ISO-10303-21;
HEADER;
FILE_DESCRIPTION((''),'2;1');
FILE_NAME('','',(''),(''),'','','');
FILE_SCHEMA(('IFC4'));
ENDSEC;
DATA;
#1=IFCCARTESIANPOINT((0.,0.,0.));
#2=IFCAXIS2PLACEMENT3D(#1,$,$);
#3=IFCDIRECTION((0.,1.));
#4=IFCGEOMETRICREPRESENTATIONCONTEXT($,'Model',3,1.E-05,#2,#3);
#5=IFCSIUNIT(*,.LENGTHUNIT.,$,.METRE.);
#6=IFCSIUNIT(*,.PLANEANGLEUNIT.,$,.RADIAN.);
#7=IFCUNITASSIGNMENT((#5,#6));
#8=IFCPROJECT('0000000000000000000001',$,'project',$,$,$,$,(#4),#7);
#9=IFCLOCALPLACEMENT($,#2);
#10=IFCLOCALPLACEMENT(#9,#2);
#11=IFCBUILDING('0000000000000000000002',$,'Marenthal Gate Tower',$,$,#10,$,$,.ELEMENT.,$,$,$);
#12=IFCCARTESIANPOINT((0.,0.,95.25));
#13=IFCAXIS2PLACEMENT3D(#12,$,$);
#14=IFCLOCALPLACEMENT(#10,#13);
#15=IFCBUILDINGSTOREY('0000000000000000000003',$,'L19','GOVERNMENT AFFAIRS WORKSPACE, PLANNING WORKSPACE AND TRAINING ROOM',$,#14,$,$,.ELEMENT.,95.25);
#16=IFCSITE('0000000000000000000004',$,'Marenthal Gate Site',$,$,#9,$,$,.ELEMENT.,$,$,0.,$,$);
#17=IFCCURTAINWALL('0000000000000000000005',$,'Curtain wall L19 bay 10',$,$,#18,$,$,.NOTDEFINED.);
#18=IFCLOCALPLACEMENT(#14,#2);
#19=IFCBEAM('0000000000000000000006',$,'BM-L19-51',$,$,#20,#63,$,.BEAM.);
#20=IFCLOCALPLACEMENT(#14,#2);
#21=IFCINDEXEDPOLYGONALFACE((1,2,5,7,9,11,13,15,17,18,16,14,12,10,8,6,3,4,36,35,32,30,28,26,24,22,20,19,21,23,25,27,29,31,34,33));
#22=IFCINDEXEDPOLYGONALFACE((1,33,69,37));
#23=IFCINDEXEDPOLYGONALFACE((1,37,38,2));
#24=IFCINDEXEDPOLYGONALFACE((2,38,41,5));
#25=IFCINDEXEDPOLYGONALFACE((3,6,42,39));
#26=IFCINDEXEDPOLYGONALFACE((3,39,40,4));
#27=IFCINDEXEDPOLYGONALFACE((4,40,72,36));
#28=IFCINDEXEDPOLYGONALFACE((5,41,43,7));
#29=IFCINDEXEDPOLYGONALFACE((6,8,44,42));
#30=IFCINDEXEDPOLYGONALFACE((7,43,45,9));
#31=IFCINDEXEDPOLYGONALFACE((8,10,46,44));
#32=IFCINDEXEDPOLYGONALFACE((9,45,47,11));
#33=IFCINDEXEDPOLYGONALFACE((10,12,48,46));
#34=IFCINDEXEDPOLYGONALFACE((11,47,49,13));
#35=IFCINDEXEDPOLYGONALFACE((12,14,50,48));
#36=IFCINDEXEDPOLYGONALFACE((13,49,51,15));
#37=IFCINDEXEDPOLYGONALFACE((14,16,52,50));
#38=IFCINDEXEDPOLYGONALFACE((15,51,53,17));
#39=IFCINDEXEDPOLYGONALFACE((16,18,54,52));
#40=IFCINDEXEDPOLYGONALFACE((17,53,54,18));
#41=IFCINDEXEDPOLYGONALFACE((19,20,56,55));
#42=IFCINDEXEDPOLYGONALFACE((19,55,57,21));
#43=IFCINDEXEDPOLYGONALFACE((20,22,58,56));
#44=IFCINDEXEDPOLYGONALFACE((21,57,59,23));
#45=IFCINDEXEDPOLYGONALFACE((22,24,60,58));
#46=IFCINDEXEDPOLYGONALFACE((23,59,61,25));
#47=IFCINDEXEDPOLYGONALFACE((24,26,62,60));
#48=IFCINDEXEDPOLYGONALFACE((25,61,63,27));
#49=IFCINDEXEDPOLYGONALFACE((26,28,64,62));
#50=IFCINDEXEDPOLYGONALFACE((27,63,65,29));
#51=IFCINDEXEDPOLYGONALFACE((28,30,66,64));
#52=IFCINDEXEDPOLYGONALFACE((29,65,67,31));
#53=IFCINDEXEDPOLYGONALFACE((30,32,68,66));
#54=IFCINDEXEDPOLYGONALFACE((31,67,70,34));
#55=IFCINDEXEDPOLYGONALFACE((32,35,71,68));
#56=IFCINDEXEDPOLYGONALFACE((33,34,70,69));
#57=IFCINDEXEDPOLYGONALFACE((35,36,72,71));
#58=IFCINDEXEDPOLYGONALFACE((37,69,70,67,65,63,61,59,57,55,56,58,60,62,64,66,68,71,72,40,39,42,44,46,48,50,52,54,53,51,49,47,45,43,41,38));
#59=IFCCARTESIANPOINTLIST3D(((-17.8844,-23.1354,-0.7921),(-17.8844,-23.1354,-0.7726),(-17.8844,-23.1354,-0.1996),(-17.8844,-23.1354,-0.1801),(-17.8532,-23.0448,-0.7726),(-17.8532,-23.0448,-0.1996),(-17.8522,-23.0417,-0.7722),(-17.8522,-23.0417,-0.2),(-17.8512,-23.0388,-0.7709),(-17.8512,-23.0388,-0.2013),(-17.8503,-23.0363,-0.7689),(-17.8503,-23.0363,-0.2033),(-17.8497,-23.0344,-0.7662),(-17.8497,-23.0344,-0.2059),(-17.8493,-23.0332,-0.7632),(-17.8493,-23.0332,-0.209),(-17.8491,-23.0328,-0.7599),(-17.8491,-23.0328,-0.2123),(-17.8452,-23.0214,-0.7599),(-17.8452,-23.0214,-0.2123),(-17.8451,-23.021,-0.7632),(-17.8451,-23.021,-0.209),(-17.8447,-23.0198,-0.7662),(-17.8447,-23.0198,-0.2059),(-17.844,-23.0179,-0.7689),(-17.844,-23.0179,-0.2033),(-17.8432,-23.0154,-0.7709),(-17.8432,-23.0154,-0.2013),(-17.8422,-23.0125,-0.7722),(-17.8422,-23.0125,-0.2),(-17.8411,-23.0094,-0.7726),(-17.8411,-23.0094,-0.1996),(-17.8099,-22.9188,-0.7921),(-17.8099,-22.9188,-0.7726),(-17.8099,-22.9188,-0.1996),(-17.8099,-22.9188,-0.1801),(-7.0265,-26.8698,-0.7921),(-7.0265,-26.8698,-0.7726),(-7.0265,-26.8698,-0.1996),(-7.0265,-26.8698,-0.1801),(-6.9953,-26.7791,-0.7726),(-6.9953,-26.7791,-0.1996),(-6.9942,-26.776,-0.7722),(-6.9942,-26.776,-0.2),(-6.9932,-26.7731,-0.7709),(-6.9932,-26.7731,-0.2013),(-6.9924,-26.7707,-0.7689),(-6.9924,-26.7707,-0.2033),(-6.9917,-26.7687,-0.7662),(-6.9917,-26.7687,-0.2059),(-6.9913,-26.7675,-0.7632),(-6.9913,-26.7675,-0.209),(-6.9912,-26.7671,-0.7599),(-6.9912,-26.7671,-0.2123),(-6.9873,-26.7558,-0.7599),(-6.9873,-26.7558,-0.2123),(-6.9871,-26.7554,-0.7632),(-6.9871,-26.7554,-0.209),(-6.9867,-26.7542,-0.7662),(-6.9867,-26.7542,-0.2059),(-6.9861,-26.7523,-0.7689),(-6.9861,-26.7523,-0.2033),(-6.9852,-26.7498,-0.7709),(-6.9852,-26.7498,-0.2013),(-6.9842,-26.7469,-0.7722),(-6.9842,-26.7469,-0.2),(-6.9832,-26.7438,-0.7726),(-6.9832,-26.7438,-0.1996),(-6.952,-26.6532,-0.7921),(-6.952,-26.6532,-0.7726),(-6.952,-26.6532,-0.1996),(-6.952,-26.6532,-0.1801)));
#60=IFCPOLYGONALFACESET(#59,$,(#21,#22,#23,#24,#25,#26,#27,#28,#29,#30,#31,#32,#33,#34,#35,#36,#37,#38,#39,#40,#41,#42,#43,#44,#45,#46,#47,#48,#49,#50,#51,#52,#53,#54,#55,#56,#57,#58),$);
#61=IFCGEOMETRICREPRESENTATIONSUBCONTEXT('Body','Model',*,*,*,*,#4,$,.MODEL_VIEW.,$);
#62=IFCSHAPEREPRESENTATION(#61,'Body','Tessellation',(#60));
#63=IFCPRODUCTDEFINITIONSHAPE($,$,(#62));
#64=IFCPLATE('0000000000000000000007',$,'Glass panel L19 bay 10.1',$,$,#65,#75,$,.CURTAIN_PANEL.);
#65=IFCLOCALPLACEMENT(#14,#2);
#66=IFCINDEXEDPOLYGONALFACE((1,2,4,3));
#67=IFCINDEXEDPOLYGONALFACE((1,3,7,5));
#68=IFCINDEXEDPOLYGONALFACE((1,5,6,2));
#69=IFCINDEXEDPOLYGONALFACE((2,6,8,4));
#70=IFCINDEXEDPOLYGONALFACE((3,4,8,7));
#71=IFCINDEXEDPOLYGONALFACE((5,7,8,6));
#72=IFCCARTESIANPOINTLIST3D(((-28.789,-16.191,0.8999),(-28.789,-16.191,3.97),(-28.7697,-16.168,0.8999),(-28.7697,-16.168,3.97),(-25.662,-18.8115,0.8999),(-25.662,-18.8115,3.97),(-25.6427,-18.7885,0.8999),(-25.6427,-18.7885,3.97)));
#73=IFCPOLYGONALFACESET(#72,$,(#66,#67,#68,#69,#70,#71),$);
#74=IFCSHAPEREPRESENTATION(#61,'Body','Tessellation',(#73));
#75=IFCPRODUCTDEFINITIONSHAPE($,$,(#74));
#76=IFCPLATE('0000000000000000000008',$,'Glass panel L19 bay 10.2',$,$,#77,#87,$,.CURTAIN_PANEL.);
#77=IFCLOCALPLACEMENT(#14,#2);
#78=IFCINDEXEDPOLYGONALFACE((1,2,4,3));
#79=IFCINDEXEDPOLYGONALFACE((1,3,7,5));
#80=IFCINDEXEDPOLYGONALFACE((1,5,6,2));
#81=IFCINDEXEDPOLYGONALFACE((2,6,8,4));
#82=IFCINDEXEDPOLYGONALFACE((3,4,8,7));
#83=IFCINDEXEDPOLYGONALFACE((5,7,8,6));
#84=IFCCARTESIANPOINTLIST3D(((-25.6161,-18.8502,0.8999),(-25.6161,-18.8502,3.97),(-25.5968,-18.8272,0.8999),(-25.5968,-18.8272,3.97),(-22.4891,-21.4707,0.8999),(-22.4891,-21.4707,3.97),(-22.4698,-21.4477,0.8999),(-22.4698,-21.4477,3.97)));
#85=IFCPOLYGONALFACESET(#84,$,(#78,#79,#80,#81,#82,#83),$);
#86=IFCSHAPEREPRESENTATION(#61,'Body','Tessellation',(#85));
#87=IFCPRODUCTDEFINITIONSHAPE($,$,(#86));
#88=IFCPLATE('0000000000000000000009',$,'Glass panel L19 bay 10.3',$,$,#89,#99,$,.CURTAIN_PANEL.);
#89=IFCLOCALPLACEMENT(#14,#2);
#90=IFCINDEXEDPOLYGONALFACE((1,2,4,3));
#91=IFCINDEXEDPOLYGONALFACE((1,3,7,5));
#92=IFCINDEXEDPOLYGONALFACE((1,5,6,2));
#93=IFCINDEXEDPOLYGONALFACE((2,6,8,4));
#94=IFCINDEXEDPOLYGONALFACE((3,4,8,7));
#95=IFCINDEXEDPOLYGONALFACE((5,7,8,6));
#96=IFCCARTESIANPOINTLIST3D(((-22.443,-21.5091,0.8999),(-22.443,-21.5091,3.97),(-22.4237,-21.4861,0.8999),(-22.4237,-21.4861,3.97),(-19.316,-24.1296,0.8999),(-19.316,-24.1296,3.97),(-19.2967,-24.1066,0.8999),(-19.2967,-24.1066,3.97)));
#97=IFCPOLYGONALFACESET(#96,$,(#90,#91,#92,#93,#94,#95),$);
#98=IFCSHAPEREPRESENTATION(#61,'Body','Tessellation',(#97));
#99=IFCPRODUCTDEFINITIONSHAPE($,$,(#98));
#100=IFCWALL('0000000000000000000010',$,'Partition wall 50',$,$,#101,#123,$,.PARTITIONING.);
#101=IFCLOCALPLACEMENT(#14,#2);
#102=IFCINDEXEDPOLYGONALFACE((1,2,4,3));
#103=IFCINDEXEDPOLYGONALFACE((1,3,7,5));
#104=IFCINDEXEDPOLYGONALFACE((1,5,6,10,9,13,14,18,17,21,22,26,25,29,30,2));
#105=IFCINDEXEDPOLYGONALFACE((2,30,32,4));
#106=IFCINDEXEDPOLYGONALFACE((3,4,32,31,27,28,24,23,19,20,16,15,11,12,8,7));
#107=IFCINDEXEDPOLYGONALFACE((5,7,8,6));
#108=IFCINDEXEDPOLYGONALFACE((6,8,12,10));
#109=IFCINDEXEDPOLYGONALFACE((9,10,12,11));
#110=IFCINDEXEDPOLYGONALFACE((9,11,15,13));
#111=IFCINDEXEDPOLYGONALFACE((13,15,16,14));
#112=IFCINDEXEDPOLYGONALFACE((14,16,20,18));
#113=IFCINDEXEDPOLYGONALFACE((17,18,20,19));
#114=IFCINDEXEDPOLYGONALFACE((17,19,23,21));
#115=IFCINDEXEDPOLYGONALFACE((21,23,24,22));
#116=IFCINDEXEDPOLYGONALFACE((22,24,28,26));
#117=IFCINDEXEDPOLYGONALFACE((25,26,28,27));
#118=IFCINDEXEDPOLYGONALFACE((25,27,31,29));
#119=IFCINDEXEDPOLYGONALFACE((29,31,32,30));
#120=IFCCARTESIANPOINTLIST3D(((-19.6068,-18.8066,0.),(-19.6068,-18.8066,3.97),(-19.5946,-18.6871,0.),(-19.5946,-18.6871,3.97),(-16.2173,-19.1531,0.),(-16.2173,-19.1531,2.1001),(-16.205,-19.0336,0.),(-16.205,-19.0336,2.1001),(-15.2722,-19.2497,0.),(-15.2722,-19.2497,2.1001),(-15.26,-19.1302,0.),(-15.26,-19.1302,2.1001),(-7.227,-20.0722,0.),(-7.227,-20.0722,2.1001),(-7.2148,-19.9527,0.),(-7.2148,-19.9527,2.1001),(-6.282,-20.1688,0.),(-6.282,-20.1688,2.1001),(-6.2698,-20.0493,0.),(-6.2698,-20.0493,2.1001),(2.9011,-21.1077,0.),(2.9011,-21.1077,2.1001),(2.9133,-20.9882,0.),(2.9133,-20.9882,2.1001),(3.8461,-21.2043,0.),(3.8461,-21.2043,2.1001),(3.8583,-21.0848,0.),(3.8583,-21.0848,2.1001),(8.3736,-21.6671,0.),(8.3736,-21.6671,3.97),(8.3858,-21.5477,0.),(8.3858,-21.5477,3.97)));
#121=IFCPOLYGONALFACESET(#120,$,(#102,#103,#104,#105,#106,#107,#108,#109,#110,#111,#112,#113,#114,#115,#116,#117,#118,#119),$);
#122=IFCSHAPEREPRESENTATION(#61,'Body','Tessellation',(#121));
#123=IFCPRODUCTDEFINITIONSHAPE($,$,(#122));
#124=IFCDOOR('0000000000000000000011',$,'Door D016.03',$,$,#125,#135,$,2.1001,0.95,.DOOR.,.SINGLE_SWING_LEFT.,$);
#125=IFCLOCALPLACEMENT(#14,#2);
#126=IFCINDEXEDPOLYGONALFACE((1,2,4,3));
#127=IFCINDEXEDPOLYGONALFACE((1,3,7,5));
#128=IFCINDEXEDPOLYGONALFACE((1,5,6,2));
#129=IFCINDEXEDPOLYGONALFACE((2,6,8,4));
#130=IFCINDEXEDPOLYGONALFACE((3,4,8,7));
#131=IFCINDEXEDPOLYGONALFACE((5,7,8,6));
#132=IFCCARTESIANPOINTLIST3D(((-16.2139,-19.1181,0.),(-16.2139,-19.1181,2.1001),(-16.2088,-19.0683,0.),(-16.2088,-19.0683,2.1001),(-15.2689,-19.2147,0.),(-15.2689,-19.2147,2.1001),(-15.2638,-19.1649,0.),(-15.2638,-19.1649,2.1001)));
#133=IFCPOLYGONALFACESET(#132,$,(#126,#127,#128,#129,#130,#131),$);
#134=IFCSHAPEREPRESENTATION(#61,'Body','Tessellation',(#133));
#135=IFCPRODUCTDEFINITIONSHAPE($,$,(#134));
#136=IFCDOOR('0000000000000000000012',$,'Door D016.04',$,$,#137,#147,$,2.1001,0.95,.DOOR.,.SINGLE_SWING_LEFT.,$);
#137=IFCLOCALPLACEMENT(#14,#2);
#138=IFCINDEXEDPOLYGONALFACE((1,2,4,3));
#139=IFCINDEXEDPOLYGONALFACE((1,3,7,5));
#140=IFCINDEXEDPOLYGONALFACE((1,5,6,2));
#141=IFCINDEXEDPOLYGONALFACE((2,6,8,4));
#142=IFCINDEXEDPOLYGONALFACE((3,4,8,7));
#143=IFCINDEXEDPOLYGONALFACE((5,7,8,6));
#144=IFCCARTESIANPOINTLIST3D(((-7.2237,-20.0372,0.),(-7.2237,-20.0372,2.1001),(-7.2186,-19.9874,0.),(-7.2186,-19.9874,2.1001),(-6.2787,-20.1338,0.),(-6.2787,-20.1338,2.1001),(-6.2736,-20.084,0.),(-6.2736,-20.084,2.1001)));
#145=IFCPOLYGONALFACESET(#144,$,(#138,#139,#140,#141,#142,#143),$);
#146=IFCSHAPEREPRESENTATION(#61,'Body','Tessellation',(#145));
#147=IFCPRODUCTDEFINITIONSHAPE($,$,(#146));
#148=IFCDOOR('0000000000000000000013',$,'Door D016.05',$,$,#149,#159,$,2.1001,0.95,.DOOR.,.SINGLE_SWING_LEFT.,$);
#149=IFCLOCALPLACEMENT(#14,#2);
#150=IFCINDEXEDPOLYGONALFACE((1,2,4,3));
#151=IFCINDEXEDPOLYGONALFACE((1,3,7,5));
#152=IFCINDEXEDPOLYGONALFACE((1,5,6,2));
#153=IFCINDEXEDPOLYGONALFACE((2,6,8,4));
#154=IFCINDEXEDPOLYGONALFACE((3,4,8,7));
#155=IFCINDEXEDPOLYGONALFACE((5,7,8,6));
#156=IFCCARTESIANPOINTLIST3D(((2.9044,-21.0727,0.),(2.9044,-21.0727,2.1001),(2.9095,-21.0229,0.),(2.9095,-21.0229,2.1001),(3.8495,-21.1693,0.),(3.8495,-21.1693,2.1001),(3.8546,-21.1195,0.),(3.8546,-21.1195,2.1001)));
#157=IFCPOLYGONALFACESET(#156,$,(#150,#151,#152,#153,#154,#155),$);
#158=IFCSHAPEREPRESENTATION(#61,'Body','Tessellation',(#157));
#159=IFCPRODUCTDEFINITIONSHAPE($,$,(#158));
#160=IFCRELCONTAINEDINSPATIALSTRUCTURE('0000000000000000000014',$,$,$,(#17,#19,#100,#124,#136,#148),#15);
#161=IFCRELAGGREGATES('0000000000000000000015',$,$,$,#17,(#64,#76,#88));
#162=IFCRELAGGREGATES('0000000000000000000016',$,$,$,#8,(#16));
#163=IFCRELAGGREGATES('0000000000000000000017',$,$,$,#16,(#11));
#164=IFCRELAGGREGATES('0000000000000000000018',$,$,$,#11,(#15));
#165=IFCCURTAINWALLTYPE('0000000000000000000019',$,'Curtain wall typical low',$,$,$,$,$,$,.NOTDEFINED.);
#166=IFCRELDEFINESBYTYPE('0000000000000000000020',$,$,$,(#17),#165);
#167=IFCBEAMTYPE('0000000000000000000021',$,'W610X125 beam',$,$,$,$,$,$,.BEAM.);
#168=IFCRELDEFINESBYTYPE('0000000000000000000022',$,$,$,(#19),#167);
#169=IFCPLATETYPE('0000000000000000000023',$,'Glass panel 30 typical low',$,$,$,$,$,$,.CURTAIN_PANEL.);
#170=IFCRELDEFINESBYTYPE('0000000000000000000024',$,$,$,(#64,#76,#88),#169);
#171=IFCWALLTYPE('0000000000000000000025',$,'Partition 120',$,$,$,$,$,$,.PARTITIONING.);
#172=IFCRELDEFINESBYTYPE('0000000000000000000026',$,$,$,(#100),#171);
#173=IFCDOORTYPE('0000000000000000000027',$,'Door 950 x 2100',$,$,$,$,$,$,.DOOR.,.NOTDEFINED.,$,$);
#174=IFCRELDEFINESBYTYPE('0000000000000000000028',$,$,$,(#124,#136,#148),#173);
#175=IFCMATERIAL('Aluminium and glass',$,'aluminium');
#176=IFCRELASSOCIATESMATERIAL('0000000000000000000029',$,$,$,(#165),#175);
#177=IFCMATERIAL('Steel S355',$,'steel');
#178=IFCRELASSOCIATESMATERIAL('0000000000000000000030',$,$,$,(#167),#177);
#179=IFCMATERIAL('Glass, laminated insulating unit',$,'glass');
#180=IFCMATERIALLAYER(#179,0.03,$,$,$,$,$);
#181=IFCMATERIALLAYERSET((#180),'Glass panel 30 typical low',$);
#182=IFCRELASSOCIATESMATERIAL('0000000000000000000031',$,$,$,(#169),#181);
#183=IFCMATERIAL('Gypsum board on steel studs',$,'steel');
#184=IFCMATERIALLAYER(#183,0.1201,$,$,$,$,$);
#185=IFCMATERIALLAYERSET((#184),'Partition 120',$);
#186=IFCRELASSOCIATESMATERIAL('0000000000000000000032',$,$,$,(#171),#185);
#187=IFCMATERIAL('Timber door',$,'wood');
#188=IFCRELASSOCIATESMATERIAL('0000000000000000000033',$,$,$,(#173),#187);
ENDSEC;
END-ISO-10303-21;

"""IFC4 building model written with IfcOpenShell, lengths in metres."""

from ifc_helpers import new_model, si_unit, direction, frame, frame_2d, origin, origin_2d, place, context, subcontext, project, spatial, rectangle, i_section, extrude, material, layer, layer_set, material_profile, profile_set, type_object, element, fill, aggregate, save


model = new_model("IFC4")

# Units and contexts
model_context = context("Model", 3, precision=1e-05, world=origin(), true_north=direction((0.0, 1.0)))
body_context = subcontext(model_context, "Body", "Model", "MODEL_VIEW")
ifc_project = project(units=[si_unit("LENGTHUNIT", "METRE"), si_unit("PLANEANGLEUNIT", "RADIAN")], contexts=[model_context])

# Site, building, storey
site_placement = place(None, origin())
site = spatial("IfcSite", under=ifc_project, at=site_placement, Name="Marenthal Gate Site", CompositionType="ELEMENT", RefElevation=0.0)
building_placement = place(site_placement, origin())
building = spatial("IfcBuilding", under=site, at=building_placement, Name="Marenthal Gate Tower", CompositionType="ELEMENT")
storey_placement = place(building_placement, frame((0.0, 0.0, 95.25)))
storey = spatial("IfcBuildingStorey", under=building, at=storey_placement, Name="L19", Description="GOVERNMENT AFFAIRS WORKSPACE, PLANNING WORKSPACE AND TRAINING ROOM", CompositionType="ELEMENT", Elevation=95.25)

# Curtain wall
ifc_material_1 = material(Name="Aluminium and glass", Category="aluminium")
curtain_wall_type = type_object("IfcCurtainWallType", Name="Curtain wall typical low", PredefinedType="NOTDEFINED", material=ifc_material_1)
curtain_wall_placement = place(storey_placement, origin())
curtain_wall = element("IfcCurtainWall", 1, at=curtain_wall_placement, inside=storey, type_object=curtain_wall_type, Name="Curtain wall L19 bay 10", PredefinedType="NOTDEFINED")

# Beam
ifc_material_2 = material(Name="Steel S355", Category="steel")
ifc_material_profile_1 = material_profile(ifc_material_2, i_section(OverallWidth=0.229, OverallDepth=0.6121, WebThickness=0.012, FlangeThickness=0.0195, FilletRadius=0.0127, at=origin_2d()), Name="W610X125")
ifc_profile_set_1 = profile_set([ifc_material_profile_1], Name="Steel S355")
beam_type_1 = type_object("IfcBeamType", Name="W610X125 beam", PredefinedType="BEAM", material=ifc_profile_set_1)
beam_1_placement = place(storey_placement, frame((-17.8472, -23.0271, -0.4861), z_axis=(0.945634, -0.325233, 0.0), x_axis=(0.325233, 0.945634, 0.0)))
element("IfcBeam", 2, at=beam_1_placement, inside=storey, type_object=beam_type_1, Name="BM-L19-51", PredefinedType="BEAM", context=body_context, shape_type="SweptSolid", body=[
    extrude(i_section(OverallWidth=0.229, OverallDepth=0.6121, WebThickness=0.012, FlangeThickness=0.0195, FilletRadius=0.0127, at=origin_2d()), origin(), (0.0, 0.0, 1.0), 11.4822),
])

# Plates
ifc_material_3 = material(Name="Glass, laminated insulating unit", Category="glass")
ifc_layer_1 = layer(ifc_material_3, 0.03)
ifc_layer_set_1 = layer_set([ifc_layer_1], Name="Glass panel 30 typical low")
plate_type = type_object("IfcPlateType", Name="Glass panel 30 typical low", PredefinedType="CURTAIN_PANEL", material=ifc_layer_set_1)
plate_1_placement = place(storey_placement, frame((-27.2158, -17.4897, 0.8999), z_axis=(0.0, 0.0, 1.0), x_axis=(0.766447, -0.642308, 0.0)))
plate_1 = element("IfcPlate", 3, at=plate_1_placement, type_object=plate_type, Name="Glass panel L19 bay 10.1", PredefinedType="CURTAIN_PANEL", context=body_context, shape_type="SweptSolid", body=[
    extrude(rectangle(XDim=4.0798, YDim=0.03, at=origin_2d()), origin(), (0.0, 0.0, 1.0), 3.0701),
])
plate_2_placement = place(storey_placement, frame((-24.043, -20.1489, 0.8999), z_axis=(0.0, 0.0, 1.0), x_axis=(0.766447, -0.642308, 0.0)))
plate_2 = element("IfcPlate", 4, at=plate_2_placement, type_object=plate_type, Name="Glass panel L19 bay 10.2", PredefinedType="CURTAIN_PANEL", context=body_context, shape_type="SweptSolid", body=[
    extrude(rectangle(XDim=4.0798, YDim=0.03, at=origin_2d()), origin(), (0.0, 0.0, 1.0), 3.0701),
])
plate_3_placement = place(storey_placement, frame((-20.8699, -22.8079, 0.8999), z_axis=(0.0, 0.0, 1.0), x_axis=(0.766447, -0.642308, 0.0)))
plate_3 = element("IfcPlate", 5, at=plate_3_placement, type_object=plate_type, Name="Glass panel L19 bay 10.3", PredefinedType="CURTAIN_PANEL", context=body_context, shape_type="SweptSolid", body=[
    extrude(rectangle(XDim=4.0798, YDim=0.03, at=origin_2d()), origin(), (0.0, 0.0, 1.0), 3.0701),
])
aggregate(curtain_wall, [plate_1, plate_2, plate_3])

# Wall, openings, doors
ifc_material_4 = material(Name="Gypsum board on steel studs", Category="steel")
ifc_layer_2 = layer(ifc_material_4, 0.1201)
ifc_layer_set_2 = layer_set([ifc_layer_2], Name="Partition 120")
wall_type_1 = type_object("IfcWallType", Name="Partition 120", PredefinedType="PARTITIONING", material=ifc_layer_set_2)
wall_1_placement = place(storey_placement, frame((-19.6006, -18.7468, 0.0), z_axis=(0.0, 0.0, 1.0), x_axis=(0.994815, -0.101705, 0.0)))
wall_1 = element("IfcWall", 6, at=wall_1_placement, inside=storey, type_object=wall_type_1, Name="Partition wall 50", PredefinedType="PARTITIONING", context=body_context, shape_type="SweptSolid", body=[
    extrude(rectangle(XDim=28.1262, YDim=0.1201, at=frame_2d((14.063, 0.0))), origin(), (0.0, 0.0, 1.0), 3.97),
])
opening_1_placement = place(wall_1_placement, frame((3.407, 0.0, 0.0)))
opening_1 = element("IfcOpeningElement", 7, at=opening_1_placement, cuts=wall_1, PredefinedType="OPENING", context=body_context, shape_type="SweptSolid", body=[
    extrude(rectangle(XDim=0.95, YDim=2.1001, at=frame_2d((0.4751, 1.05))), frame((0.0, 0.0701, 0.0), z_axis=(0.0, -1.0, 0.0), x_axis=(1.0, 0.0, 0.0)), (0.0, 0.0, 1.0), 0.1401),
])
opening_2_placement = place(wall_1_placement, frame((12.4441, 0.0, 0.0)))
opening_2 = element("IfcOpeningElement", 8, at=opening_2_placement, cuts=wall_1, PredefinedType="OPENING", context=body_context, shape_type="SweptSolid", body=[
    extrude(rectangle(XDim=0.95, YDim=2.1001, at=frame_2d((0.4751, 1.05))), frame((0.0, 0.0701, 0.0), z_axis=(0.0, -1.0, 0.0), x_axis=(1.0, 0.0, 0.0)), (0.0, 0.0, 1.0), 0.1401),
])
opening_3_placement = place(wall_1_placement, frame((22.625, 0.0, 0.0)))
opening_3 = element("IfcOpeningElement", 9, at=opening_3_placement, cuts=wall_1, PredefinedType="OPENING", context=body_context, shape_type="SweptSolid", body=[
    extrude(rectangle(XDim=0.95, YDim=2.1001, at=frame_2d((0.4751, 1.05))), frame((0.0, 0.0701, 0.0), z_axis=(0.0, -1.0, 0.0), x_axis=(1.0, 0.0, 0.0)), (0.0, 0.0, 1.0), 0.1401),
])
ifc_material_5 = material(Name="Timber door", Category="wood")
door_type_1 = type_object("IfcDoorType", Name="Door 950 x 2100", OperationType="NOTDEFINED", PredefinedType="DOOR", material=ifc_material_5)
door_1_placement = place(opening_1_placement, frame((0.95, 0.0, 0.0), z_axis=(0.0, 0.0, 1.0), x_axis=(-1.0, 0.0, 0.0)))
door_1 = element("IfcDoor", 10, at=door_1_placement, inside=storey, type_object=door_type_1, Name="Door D016.03", OperationType="SINGLE_SWING_LEFT", OverallHeight=2.1001, OverallWidth=0.95, PredefinedType="DOOR", context=body_context, shape_type="SweptSolid", body=[
    extrude(rectangle(XDim=0.95, YDim=2.1001, at=frame_2d((0.4751, 1.05))), frame((0.0, 0.0249, 0.0), z_axis=(0.0, -1.0, 0.0), x_axis=(1.0, 0.0, 0.0)), (0.0, 0.0, 1.0), 0.05),
])
fill(opening_1, door_1)
door_2_placement = place(opening_2_placement, frame((0.95, 0.0, 0.0), z_axis=(0.0, 0.0, 1.0), x_axis=(-1.0, 0.0, 0.0)))
door_2 = element("IfcDoor", 11, at=door_2_placement, inside=storey, type_object=door_type_1, Name="Door D016.04", OperationType="SINGLE_SWING_LEFT", OverallHeight=2.1001, OverallWidth=0.95, PredefinedType="DOOR", context=body_context, shape_type="SweptSolid", body=[
    extrude(rectangle(XDim=0.95, YDim=2.1001, at=frame_2d((0.4751, 1.05))), frame((0.0, 0.0249, 0.0), z_axis=(0.0, -1.0, 0.0), x_axis=(1.0, 0.0, 0.0)), (0.0, 0.0, 1.0), 0.05),
])
fill(opening_2, door_2)
door_3_placement = place(opening_3_placement, frame((0.95, 0.0, 0.0), z_axis=(0.0, 0.0, 1.0), x_axis=(-1.0, 0.0, 0.0)))
door_3 = element("IfcDoor", 12, at=door_3_placement, inside=storey, type_object=door_type_1, Name="Door D016.05", OperationType="SINGLE_SWING_LEFT", OverallHeight=2.1001, OverallWidth=0.95, PredefinedType="DOOR", context=body_context, shape_type="SweptSolid", body=[
    extrude(rectangle(XDim=0.95, YDim=2.1001, at=frame_2d((0.4751, 1.05))), frame((0.0, 0.0249, 0.0), z_axis=(0.0, -1.0, 0.0), x_axis=(1.0, 0.0, 0.0)), (0.0, 0.0, 1.0), 0.05),
])
fill(opening_3, door_3)

save(model, "model.ifc")
